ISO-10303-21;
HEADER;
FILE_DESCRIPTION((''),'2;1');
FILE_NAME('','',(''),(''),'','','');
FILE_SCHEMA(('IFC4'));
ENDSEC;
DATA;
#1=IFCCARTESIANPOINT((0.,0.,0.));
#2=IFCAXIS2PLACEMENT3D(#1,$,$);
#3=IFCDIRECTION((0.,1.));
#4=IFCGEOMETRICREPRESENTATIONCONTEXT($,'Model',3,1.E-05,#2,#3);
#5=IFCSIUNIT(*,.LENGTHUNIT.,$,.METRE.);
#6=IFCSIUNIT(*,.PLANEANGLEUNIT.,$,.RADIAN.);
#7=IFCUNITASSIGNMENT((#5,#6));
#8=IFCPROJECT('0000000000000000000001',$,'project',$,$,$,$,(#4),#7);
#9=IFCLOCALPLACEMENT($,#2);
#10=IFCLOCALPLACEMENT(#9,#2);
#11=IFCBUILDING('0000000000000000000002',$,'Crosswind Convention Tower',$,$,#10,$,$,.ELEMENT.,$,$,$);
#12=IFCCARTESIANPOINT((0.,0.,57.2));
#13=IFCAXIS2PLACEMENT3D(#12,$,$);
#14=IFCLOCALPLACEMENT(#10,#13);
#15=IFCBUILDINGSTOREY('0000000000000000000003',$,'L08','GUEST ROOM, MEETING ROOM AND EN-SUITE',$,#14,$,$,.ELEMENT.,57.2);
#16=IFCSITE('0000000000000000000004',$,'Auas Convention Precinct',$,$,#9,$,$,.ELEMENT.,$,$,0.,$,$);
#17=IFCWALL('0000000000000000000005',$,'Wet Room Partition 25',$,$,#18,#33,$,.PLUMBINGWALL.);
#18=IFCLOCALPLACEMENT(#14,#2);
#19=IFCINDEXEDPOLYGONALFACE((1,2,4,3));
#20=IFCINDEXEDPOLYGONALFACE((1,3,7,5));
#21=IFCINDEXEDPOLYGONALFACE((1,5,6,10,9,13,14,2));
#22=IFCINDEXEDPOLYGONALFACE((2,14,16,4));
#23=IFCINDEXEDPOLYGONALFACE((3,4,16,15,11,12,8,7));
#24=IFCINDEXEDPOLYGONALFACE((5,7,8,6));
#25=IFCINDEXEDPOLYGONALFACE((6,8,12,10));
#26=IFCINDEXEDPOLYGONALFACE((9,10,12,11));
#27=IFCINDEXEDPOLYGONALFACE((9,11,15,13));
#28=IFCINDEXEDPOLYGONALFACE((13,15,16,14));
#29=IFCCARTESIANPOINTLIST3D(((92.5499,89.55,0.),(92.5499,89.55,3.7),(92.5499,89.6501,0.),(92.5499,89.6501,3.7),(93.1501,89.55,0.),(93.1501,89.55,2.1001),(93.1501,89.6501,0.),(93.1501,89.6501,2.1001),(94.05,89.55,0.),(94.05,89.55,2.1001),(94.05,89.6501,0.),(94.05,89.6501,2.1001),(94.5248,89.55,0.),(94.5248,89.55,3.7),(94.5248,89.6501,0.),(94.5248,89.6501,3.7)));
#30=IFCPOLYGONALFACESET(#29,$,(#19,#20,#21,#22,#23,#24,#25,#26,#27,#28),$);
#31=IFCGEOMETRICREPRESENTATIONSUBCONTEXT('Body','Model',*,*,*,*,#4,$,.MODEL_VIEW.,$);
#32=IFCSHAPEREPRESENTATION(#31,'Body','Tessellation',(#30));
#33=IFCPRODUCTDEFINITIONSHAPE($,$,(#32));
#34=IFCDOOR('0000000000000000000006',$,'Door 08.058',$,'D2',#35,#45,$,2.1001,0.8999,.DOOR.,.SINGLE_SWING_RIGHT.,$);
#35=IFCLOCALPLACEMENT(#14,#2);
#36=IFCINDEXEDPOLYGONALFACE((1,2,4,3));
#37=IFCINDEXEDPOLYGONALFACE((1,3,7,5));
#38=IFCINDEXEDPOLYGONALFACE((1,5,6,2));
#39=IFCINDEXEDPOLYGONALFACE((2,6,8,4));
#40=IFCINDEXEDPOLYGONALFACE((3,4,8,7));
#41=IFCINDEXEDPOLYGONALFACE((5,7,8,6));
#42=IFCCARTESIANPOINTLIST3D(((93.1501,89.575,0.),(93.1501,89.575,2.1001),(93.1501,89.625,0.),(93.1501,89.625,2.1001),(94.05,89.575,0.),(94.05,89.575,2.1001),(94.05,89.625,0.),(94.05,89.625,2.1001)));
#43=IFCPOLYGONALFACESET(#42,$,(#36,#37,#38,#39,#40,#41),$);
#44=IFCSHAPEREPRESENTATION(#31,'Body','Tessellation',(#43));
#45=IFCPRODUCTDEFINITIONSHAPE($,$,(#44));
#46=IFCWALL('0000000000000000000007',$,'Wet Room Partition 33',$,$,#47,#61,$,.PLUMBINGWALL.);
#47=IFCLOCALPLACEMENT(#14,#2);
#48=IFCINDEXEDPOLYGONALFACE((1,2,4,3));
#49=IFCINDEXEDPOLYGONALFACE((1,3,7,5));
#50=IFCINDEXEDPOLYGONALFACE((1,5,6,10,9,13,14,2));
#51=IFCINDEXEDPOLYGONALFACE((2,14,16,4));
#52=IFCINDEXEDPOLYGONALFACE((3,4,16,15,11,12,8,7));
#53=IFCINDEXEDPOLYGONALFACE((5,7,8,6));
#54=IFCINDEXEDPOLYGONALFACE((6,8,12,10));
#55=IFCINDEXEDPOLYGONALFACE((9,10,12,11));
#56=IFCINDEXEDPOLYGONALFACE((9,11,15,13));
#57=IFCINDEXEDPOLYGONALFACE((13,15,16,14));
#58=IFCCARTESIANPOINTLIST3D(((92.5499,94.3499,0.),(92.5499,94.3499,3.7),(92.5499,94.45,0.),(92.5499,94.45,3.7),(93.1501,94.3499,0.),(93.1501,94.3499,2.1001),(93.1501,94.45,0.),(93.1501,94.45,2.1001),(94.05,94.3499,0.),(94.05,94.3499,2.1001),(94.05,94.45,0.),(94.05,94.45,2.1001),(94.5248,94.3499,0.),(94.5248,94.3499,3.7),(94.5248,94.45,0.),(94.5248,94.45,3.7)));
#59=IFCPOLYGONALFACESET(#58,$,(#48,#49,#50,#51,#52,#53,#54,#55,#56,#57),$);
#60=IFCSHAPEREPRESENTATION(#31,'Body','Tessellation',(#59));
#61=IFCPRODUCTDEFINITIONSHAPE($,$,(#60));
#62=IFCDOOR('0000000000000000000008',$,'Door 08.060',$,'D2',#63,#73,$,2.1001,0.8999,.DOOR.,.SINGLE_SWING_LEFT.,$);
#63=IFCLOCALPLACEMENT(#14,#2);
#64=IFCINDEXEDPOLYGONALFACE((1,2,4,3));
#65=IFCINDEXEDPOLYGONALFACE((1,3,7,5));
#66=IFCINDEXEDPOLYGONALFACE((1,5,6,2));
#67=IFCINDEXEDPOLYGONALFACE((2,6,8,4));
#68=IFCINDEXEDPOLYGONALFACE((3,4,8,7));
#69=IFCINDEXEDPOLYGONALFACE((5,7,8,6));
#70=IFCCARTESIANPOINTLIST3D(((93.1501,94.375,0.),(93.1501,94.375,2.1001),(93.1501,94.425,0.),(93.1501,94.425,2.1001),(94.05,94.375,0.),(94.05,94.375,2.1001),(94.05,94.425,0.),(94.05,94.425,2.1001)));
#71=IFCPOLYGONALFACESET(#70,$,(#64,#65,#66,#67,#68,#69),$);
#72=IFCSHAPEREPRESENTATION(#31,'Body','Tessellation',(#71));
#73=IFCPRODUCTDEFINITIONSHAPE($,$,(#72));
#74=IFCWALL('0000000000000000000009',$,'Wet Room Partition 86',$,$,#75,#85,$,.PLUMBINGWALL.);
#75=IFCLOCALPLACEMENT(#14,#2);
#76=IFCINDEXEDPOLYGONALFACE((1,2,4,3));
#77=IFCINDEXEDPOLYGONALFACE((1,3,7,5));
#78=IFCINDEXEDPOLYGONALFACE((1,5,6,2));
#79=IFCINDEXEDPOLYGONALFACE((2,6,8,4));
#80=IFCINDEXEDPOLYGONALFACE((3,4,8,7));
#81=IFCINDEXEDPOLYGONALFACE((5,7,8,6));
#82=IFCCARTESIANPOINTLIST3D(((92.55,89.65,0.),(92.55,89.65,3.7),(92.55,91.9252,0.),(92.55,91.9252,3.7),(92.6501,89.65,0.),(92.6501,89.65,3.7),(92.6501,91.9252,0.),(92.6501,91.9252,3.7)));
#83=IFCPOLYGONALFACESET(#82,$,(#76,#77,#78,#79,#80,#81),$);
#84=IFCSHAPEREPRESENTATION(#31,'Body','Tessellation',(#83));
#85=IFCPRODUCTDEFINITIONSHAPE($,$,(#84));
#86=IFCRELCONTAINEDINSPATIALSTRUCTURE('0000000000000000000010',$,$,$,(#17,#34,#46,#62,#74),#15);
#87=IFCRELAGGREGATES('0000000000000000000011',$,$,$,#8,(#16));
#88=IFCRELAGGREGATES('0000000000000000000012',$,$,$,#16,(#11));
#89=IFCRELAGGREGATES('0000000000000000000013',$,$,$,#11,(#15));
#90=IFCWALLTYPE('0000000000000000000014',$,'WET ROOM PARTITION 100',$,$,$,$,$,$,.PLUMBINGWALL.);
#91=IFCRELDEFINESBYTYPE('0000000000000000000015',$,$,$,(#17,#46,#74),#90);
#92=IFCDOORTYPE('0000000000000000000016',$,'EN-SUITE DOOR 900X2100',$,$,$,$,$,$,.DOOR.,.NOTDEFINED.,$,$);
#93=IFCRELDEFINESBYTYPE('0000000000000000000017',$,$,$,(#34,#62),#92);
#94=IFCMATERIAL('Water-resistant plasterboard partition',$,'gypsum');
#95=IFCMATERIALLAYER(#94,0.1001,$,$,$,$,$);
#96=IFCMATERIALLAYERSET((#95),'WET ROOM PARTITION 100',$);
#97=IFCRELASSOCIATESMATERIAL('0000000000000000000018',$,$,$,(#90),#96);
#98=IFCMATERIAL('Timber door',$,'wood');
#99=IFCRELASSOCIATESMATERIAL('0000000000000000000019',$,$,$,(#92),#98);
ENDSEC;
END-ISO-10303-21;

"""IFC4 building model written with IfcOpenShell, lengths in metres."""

from ifc_helpers import new_model, si_unit, direction, frame, frame_2d, origin, place, context, subcontext, project, spatial, rectangle, extrude, material, layer, layer_set, type_object, element, fill, save


model = new_model("IFC4")

# Units and contexts
model_context = context("Model", 3, precision=1e-05, world=origin(), true_north=direction((0.0, 1.0)))
body_context = subcontext(model_context, "Body", "Model", "MODEL_VIEW")
ifc_project = project(units=[si_unit("LENGTHUNIT", "METRE"), si_unit("PLANEANGLEUNIT", "RADIAN")], contexts=[model_context])

# Site, building, storey
site_placement = place(None, origin())
site = spatial("IfcSite", under=ifc_project, at=site_placement, Name="Auas Convention Precinct", CompositionType="ELEMENT", RefElevation=0.0)
building_placement = place(site_placement, origin())
building = spatial("IfcBuilding", under=site, at=building_placement, Name="Crosswind Convention Tower", CompositionType="ELEMENT")
storey_placement = place(building_placement, frame((0.0, 0.0, 57.2)))
storey = spatial("IfcBuildingStorey", under=building, at=storey_placement, Name="L08", Description="GUEST ROOM, MEETING ROOM AND EN-SUITE", CompositionType="ELEMENT", Elevation=57.2)

# Walls, openings, doors
ifc_material_1 = material(Name="Water-resistant plasterboard partition", Category="gypsum")
ifc_layer_1 = layer(ifc_material_1, 0.1001)
ifc_layer_set_1 = layer_set([ifc_layer_1], Name="WET ROOM PARTITION 100")
wall_type_1 = type_object("IfcWallType", Name="WET ROOM PARTITION 100", PredefinedType="PLUMBINGWALL", material=ifc_layer_set_1)
wall_1_placement = place(storey_placement, frame((92.55, 89.6001, 0.0), z_axis=(0.0, 0.0, 1.0), x_axis=(1.0, 0.0, 0.0)))
wall_1 = element("IfcWall", 1, at=wall_1_placement, inside=storey, type_object=wall_type_1, Name="Wet Room Partition 25", PredefinedType="PLUMBINGWALL", context=body_context, shape_type="SweptSolid", body=[
    extrude(rectangle(XDim=1.9749, YDim=0.1001, at=frame_2d((0.9873, 0.0))), origin(), (0.0, 0.0, 1.0), 3.7),
])
opening_1_placement = place(wall_1_placement, frame((0.6001, 0.0, 0.0)))
opening_1 = element("IfcOpeningElement", 2, at=opening_1_placement, cuts=wall_1, PredefinedType="OPENING", context=body_context, shape_type="SweptSolid", body=[
    extrude(rectangle(XDim=0.8999, YDim=2.1001, at=frame_2d((0.45, 1.05))), frame((0.0, 0.0601, 0.0), z_axis=(0.0, -1.0, 0.0), x_axis=(1.0, 0.0, 0.0)), (0.0, 0.0, 1.0), 0.1201),
])
ifc_material_2 = material(Name="Timber door", Category="wood")
door_type = type_object("IfcDoorType", Name="EN-SUITE DOOR 900X2100", OperationType="NOTDEFINED", PredefinedType="DOOR", material=ifc_material_2)
door_1_placement = place(opening_1_placement, origin())
door_1 = element("IfcDoor", 3, at=door_1_placement, inside=storey, type_object=door_type, Name="Door 08.058", ObjectType="D2", OperationType="SINGLE_SWING_RIGHT", OverallHeight=2.1001, OverallWidth=0.8999, PredefinedType="DOOR", context=body_context, shape_type="SweptSolid", body=[
    extrude(rectangle(XDim=0.8999, YDim=2.1001, at=frame_2d((0.45, 1.05))), frame((0.0, 0.0249, 0.0), z_axis=(0.0, -1.0, 0.0), x_axis=(1.0, 0.0, 0.0)), (0.0, 0.0, 1.0), 0.05),
])
fill(opening_1, door_1)
wall_2_placement = place(storey_placement, frame((92.55, 94.3999, 0.0), z_axis=(0.0, 0.0, 1.0), x_axis=(1.0, 0.0, 0.0)))
wall_2 = element("IfcWall", 4, at=wall_2_placement, inside=storey, type_object=wall_type_1, Name="Wet Room Partition 33", PredefinedType="PLUMBINGWALL", context=body_context, shape_type="SweptSolid", body=[
    extrude(rectangle(XDim=1.9749, YDim=0.1001, at=frame_2d((0.9873, 0.0))), origin(), (0.0, 0.0, 1.0), 3.7),
])
opening_2_placement = place(wall_2_placement, frame((0.6001, 0.0, 0.0)))
opening_2 = element("IfcOpeningElement", 5, at=opening_2_placement, cuts=wall_2, PredefinedType="OPENING", context=body_context, shape_type="SweptSolid", body=[
    extrude(rectangle(XDim=0.8999, YDim=2.1001, at=frame_2d((0.45, 1.05))), frame((0.0, 0.0601, 0.0), z_axis=(0.0, -1.0, 0.0), x_axis=(1.0, 0.0, 0.0)), (0.0, 0.0, 1.0), 0.1201),
])
door_2_placement = place(opening_2_placement, frame((0.8999, 0.0, 0.0), z_axis=(0.0, 0.0, 1.0), x_axis=(-1.0, 0.0, 0.0)))
door_2 = element("IfcDoor", 6, at=door_2_placement, inside=storey, type_object=door_type, Name="Door 08.060", ObjectType="D2", OperationType="SINGLE_SWING_LEFT", OverallHeight=2.1001, OverallWidth=0.8999, PredefinedType="DOOR", context=body_context, shape_type="SweptSolid", body=[
    extrude(rectangle(XDim=0.8999, YDim=2.1001, at=frame_2d((0.45, 1.05))), frame((0.0, 0.0249, 0.0), z_axis=(0.0, -1.0, 0.0), x_axis=(1.0, 0.0, 0.0)), (0.0, 0.0, 1.0), 0.05),
])
fill(opening_2, door_2)

# Wall
wall_3_placement = place(storey_placement, frame((92.6001, 89.6499, 0.0), z_axis=(0.0, 0.0, 1.0), x_axis=(0.0, 1.0, 0.0)))
element("IfcWall", 7, at=wall_3_placement, inside=storey, type_object=wall_type_1, Name="Wet Room Partition 86", PredefinedType="PLUMBINGWALL", context=body_context, shape_type="SweptSolid", body=[
    extrude(rectangle(XDim=2.2751, YDim=0.1001, at=frame_2d((1.1377, 0.0))), origin(), (0.0, 0.0, 1.0), 3.7),
])

save(model, "model.ifc")
